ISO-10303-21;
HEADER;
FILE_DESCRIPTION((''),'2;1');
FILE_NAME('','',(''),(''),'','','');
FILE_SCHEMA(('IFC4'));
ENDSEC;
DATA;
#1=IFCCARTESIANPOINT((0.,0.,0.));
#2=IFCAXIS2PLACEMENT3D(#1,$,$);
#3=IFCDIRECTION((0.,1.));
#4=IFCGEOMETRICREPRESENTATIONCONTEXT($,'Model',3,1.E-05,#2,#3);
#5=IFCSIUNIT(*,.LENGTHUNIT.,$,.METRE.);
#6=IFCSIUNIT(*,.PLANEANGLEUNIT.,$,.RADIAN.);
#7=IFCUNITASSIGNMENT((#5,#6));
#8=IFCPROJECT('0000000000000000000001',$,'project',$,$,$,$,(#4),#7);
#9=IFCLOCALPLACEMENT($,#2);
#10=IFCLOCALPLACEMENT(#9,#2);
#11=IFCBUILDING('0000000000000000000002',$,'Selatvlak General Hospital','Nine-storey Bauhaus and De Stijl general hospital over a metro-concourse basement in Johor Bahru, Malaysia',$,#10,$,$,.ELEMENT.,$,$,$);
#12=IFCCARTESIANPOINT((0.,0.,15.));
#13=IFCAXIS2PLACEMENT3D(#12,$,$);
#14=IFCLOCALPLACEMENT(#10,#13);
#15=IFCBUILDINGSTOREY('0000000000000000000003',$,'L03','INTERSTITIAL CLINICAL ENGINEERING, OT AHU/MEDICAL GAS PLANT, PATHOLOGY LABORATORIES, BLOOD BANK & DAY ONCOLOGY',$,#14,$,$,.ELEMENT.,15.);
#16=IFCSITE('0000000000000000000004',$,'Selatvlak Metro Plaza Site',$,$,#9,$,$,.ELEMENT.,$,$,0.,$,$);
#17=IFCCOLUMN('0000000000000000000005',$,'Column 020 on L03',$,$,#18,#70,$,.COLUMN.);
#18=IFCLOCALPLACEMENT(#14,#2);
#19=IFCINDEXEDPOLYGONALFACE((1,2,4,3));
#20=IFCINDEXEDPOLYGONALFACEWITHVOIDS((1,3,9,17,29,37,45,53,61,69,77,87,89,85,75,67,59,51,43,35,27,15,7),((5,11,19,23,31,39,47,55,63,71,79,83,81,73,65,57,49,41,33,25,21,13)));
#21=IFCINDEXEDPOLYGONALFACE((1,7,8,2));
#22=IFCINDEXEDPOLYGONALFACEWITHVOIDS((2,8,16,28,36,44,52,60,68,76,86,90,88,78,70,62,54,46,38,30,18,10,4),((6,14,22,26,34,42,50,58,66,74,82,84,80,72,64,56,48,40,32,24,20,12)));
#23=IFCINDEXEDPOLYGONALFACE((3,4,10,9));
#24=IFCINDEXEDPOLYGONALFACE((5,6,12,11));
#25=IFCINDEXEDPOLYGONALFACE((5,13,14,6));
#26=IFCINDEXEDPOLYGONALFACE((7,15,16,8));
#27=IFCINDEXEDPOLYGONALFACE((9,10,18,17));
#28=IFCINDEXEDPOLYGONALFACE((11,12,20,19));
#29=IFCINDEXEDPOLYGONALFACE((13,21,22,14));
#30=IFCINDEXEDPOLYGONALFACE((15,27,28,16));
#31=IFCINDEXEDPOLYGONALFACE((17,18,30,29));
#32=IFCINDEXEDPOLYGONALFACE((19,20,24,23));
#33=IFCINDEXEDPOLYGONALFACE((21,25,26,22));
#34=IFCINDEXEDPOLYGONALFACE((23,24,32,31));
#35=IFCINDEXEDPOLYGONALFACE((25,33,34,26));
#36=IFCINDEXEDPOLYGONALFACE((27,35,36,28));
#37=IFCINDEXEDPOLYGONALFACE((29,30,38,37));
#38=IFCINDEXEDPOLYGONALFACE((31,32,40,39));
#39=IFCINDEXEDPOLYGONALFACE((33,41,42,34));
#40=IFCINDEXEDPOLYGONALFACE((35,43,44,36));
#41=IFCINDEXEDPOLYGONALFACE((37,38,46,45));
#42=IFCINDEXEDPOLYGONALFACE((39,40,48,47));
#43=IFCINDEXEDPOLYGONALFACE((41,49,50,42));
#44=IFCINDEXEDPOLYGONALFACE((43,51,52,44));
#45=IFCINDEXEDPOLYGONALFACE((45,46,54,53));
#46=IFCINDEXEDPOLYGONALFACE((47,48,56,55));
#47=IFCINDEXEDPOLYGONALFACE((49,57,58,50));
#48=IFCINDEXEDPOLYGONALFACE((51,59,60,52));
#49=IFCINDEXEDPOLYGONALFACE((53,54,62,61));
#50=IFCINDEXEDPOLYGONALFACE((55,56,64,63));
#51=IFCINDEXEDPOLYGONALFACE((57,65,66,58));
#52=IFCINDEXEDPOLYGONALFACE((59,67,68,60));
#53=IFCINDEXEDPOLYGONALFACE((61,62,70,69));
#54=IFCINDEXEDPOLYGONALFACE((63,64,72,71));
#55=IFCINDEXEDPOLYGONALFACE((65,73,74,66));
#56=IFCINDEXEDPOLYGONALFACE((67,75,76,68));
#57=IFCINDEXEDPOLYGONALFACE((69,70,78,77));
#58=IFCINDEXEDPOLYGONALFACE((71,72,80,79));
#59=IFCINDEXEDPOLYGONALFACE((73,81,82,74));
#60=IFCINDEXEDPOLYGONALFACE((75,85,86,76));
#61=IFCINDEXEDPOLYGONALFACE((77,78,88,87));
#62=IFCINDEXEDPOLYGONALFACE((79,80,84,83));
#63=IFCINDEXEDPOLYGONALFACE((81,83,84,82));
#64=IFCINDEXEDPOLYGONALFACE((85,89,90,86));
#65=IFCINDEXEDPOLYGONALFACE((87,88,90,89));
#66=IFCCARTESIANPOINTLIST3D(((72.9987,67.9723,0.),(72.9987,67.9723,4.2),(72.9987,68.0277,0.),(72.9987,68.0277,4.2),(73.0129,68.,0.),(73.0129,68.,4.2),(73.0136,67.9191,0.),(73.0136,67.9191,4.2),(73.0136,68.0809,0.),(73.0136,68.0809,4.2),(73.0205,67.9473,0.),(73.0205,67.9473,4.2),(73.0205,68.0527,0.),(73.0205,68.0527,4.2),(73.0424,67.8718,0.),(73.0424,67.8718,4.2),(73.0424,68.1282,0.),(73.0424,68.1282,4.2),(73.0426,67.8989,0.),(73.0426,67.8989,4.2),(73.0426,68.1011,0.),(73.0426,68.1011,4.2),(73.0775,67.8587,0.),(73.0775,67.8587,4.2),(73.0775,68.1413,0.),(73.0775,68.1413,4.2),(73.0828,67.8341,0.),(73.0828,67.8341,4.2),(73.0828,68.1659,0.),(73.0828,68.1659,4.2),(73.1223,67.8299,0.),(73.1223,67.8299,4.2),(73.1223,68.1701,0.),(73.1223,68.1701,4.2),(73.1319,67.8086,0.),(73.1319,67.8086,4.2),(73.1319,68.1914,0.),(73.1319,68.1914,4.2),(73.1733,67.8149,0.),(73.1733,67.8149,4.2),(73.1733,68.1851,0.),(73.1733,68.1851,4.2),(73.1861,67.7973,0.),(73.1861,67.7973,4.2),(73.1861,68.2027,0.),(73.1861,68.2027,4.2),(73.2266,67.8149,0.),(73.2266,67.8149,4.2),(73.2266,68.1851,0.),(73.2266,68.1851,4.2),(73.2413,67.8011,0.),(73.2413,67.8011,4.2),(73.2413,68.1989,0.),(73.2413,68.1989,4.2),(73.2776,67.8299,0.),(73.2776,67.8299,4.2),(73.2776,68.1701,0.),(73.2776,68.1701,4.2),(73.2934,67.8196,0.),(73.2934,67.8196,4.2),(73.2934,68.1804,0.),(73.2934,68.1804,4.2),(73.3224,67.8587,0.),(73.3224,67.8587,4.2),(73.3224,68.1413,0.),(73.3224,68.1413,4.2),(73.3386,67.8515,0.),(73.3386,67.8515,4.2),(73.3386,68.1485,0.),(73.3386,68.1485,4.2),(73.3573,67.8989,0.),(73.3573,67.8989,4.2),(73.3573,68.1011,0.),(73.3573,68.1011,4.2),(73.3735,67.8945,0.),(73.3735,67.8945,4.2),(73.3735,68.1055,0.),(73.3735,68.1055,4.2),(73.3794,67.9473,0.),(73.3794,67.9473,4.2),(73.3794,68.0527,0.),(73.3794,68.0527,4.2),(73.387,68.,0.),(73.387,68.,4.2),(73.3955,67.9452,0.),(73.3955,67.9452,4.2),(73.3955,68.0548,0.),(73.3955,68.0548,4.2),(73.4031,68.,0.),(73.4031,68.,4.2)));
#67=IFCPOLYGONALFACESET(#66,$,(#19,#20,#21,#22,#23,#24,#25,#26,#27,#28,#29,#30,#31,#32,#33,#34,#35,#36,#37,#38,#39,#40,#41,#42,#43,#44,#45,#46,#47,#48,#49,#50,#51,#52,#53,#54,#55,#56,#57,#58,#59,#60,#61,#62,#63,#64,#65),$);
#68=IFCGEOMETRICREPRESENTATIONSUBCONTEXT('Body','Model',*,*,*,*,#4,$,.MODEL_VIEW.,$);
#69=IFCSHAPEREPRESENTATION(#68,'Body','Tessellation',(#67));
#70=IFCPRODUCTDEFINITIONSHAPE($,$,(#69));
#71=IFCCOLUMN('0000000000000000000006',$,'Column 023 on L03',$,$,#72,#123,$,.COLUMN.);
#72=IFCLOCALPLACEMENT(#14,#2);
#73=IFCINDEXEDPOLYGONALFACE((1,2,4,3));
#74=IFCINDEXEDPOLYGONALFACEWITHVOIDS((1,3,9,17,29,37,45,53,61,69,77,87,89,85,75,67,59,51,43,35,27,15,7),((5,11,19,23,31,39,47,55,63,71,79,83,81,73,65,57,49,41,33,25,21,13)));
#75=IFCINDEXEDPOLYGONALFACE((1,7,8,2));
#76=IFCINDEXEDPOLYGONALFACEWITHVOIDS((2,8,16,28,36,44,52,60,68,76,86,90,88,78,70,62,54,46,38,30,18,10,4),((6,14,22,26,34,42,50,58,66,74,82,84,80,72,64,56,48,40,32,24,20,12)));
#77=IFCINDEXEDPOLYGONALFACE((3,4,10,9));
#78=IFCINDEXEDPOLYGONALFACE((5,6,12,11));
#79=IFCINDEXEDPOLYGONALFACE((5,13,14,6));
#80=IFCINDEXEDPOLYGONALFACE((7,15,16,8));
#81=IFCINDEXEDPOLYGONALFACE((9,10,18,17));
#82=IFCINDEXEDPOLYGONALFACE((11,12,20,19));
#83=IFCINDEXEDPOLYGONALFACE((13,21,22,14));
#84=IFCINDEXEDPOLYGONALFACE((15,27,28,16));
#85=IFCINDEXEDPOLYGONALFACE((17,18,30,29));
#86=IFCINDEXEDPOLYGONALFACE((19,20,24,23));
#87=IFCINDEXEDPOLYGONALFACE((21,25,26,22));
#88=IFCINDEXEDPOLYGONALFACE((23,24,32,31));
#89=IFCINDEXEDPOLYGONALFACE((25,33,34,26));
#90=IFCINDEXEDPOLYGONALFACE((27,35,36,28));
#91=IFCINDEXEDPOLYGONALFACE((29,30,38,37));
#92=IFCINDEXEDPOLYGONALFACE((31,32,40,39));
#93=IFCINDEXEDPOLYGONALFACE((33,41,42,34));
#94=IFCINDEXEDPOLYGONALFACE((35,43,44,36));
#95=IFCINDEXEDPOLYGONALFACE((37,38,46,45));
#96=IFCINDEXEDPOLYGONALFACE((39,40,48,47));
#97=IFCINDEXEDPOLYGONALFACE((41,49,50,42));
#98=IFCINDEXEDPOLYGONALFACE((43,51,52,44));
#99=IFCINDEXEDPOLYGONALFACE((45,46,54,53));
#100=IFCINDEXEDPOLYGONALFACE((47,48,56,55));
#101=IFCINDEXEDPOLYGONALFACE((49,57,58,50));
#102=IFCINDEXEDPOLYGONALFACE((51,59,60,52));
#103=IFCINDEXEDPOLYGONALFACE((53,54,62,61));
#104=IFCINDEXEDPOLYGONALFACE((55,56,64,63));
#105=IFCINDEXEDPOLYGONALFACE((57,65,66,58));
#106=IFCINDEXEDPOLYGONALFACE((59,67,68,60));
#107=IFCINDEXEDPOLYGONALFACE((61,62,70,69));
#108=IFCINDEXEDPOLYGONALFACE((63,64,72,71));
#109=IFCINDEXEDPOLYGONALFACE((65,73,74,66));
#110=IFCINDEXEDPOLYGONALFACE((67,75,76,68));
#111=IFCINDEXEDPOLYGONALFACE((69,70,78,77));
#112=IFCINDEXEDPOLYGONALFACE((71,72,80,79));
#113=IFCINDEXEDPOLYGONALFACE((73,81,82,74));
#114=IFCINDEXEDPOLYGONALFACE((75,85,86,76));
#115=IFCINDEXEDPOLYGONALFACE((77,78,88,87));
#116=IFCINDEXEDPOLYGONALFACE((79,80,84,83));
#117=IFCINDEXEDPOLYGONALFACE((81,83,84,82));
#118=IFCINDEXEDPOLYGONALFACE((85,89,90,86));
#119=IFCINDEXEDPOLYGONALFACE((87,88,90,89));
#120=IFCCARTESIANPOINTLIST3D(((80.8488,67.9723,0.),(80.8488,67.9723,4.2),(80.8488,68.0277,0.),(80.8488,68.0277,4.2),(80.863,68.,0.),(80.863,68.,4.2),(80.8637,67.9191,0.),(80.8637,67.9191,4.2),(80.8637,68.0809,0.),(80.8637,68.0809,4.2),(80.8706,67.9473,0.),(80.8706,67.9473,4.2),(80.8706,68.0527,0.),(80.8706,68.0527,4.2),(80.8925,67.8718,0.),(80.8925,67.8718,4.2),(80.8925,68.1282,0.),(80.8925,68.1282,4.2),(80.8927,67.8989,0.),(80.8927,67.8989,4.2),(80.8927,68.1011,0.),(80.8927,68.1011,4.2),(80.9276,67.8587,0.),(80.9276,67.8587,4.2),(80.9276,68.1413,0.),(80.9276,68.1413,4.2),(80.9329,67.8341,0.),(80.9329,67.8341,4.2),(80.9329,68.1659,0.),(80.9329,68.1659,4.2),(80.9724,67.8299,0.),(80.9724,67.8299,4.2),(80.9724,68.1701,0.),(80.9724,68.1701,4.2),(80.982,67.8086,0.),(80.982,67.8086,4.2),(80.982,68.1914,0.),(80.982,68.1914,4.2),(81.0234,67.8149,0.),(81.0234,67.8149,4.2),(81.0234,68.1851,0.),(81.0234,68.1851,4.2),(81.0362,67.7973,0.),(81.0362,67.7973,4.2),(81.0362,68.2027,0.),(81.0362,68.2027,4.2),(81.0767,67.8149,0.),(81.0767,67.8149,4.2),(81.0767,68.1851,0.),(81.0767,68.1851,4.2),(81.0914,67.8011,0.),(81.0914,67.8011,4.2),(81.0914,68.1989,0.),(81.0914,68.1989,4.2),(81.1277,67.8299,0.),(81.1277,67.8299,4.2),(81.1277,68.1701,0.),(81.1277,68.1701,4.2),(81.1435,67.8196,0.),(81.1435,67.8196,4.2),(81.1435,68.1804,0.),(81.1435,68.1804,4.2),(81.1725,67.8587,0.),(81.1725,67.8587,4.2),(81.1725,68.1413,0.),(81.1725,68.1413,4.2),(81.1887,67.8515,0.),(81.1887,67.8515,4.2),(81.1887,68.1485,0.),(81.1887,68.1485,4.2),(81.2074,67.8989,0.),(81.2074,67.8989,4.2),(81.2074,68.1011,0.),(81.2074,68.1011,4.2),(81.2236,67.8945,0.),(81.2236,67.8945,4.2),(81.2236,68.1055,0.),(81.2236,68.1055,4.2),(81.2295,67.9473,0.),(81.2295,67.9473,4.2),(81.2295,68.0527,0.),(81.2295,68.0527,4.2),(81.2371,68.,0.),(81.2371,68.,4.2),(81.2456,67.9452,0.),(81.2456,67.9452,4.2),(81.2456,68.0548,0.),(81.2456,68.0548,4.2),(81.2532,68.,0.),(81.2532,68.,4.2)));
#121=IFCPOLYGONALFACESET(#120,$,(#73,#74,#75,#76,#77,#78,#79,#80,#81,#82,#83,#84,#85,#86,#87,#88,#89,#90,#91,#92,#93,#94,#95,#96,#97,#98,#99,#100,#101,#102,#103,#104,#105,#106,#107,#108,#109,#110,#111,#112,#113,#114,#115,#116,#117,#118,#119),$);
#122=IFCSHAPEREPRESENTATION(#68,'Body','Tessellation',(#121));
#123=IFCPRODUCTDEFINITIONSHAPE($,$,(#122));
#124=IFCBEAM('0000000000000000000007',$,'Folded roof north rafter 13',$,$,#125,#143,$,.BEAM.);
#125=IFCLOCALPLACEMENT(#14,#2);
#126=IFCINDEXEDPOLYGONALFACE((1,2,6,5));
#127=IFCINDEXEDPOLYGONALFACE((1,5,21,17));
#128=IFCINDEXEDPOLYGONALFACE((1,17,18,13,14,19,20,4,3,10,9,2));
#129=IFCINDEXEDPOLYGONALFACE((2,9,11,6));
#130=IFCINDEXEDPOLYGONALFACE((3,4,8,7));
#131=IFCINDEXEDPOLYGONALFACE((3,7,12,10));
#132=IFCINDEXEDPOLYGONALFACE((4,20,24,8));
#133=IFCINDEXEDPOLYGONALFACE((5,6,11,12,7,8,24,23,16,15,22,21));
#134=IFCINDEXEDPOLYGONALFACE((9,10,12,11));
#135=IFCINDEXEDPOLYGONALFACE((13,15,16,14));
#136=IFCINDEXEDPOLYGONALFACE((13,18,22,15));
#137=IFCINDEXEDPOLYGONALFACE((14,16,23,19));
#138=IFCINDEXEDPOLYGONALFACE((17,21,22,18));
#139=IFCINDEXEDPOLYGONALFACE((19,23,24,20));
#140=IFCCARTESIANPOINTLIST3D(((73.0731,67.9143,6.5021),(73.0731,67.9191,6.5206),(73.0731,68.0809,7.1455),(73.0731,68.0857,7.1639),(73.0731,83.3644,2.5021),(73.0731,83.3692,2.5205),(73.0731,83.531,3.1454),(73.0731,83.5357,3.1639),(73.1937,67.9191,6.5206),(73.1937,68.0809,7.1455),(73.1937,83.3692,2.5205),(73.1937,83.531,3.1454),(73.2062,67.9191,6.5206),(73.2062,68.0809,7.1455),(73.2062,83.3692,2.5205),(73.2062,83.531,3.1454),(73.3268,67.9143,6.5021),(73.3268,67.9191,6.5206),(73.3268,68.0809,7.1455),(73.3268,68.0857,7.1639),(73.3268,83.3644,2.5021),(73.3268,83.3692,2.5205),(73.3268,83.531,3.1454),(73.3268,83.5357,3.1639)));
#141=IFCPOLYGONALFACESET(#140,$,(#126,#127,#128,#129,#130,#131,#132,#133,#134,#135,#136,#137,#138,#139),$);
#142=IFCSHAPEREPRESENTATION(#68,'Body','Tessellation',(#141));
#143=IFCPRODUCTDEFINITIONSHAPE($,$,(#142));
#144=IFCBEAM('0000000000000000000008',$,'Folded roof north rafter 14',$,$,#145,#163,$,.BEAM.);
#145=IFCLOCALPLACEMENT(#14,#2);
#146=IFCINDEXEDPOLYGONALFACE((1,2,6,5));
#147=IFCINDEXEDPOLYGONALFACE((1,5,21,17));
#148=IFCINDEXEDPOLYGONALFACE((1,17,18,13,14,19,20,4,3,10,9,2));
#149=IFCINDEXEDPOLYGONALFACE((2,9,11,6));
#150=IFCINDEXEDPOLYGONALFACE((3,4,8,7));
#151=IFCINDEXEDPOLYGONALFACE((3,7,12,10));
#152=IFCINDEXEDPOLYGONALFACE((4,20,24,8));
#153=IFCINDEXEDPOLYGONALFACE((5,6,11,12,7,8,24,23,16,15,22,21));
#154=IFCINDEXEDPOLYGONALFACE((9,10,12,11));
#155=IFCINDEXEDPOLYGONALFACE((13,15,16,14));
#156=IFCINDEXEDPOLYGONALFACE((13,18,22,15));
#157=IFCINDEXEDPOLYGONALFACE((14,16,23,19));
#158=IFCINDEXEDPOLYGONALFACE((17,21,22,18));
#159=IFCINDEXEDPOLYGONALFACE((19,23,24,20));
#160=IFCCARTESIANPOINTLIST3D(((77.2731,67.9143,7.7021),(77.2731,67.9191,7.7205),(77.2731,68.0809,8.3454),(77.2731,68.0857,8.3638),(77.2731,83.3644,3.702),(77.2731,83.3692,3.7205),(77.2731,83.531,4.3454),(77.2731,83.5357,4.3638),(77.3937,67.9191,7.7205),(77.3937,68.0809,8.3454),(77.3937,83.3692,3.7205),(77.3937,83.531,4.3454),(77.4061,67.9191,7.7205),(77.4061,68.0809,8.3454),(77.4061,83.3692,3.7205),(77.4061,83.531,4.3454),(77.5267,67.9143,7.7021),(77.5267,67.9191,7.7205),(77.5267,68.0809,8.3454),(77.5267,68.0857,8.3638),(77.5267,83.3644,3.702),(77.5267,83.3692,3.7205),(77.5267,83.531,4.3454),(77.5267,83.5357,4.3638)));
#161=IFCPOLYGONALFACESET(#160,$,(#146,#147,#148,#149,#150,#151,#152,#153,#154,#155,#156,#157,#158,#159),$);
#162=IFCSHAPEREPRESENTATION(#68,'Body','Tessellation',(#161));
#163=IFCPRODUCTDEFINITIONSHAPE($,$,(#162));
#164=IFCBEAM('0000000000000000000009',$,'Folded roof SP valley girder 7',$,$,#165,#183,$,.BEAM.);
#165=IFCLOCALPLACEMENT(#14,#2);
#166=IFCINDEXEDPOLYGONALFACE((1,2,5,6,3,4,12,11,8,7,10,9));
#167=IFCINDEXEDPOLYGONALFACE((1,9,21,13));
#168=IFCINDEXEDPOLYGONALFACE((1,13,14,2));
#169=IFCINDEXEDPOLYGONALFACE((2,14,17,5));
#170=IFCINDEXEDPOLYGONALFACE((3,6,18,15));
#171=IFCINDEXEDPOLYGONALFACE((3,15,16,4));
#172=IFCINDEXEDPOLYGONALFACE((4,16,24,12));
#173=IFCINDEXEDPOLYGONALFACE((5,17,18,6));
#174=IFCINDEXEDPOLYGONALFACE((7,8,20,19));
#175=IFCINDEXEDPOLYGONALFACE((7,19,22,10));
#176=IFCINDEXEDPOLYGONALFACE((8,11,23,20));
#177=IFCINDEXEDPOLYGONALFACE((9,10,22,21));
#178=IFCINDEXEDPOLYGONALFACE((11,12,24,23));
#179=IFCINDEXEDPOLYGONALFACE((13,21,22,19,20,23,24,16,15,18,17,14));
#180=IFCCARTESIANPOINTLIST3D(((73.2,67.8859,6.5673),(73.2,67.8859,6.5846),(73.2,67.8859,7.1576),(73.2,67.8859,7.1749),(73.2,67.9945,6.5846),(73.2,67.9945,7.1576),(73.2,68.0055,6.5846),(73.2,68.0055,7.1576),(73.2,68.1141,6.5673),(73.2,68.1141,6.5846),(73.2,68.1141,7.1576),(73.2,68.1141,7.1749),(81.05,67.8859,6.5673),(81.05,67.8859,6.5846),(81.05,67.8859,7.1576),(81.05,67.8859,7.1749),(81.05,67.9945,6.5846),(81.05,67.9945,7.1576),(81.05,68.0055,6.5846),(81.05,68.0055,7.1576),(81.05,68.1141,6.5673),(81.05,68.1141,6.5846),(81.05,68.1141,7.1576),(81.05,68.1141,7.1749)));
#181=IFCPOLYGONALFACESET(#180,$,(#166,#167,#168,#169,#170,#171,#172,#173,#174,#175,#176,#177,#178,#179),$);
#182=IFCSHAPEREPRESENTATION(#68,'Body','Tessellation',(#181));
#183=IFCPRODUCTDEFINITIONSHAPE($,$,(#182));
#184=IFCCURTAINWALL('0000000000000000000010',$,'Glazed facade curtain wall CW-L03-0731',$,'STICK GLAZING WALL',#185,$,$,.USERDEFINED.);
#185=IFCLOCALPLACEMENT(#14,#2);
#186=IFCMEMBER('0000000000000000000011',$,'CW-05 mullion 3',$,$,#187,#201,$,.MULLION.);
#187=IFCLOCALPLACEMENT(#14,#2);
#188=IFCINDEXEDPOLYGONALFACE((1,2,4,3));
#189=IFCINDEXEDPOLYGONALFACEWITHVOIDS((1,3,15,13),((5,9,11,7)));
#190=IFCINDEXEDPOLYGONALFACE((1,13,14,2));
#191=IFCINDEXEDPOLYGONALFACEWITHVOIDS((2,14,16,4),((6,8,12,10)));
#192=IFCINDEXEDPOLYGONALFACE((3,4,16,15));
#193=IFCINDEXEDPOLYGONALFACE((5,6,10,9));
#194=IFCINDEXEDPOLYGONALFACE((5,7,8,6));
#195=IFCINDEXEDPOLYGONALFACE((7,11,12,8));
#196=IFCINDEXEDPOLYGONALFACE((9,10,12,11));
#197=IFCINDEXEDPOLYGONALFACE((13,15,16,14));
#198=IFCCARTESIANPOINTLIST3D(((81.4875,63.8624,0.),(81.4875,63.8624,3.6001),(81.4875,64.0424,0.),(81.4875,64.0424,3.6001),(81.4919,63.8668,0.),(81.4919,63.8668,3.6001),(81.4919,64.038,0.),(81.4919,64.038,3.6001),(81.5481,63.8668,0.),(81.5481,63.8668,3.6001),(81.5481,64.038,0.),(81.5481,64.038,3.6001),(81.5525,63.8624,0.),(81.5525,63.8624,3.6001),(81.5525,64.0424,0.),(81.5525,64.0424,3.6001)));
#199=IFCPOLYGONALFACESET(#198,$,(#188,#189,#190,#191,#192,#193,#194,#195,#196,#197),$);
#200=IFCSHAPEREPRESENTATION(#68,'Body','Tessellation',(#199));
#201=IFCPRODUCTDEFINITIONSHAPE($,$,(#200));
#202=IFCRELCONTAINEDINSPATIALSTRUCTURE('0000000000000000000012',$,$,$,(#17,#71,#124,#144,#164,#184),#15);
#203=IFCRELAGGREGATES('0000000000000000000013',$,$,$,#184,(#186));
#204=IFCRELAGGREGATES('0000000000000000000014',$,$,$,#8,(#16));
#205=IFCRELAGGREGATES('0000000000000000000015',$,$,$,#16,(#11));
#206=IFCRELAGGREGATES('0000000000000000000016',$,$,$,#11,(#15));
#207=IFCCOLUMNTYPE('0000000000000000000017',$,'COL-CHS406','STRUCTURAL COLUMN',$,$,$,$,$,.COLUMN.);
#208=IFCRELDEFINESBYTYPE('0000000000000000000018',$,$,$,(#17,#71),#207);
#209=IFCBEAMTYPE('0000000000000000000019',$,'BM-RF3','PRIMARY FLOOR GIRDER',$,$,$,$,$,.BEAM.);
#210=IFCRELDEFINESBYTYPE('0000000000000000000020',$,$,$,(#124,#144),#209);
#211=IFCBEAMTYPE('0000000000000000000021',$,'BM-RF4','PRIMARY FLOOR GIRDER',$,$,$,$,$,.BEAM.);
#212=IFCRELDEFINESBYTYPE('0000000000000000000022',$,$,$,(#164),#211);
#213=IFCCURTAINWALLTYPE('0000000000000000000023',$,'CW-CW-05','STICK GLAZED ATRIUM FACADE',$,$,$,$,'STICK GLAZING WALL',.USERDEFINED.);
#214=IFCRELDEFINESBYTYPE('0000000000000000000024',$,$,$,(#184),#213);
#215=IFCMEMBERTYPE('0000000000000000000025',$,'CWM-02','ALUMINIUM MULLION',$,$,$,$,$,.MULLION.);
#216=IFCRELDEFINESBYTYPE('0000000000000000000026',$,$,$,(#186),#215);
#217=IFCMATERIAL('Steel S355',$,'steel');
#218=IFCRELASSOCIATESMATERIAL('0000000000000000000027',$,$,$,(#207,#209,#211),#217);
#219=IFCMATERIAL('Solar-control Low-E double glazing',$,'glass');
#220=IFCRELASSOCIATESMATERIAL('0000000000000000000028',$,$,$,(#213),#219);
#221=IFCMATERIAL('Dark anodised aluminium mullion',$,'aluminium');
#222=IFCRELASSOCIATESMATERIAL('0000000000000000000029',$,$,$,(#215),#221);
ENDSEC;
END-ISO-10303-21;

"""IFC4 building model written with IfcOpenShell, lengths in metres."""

from ifc_helpers import new_model, si_unit, direction, frame, origin, origin_2d, place, context, subcontext, project, spatial, hollow_rectangle, hollow_circle, i_section, extrude, material, material_profile, profile_set, type_object, element, aggregate, save


model = new_model("IFC4")

# Units and contexts
model_context = context("Model", 3, precision=1e-05, world=origin(), true_north=direction((0.0, 1.0)))
body_context = subcontext(model_context, "Body", "Model", "MODEL_VIEW")
ifc_project = project(units=[si_unit("LENGTHUNIT", "METRE"), si_unit("PLANEANGLEUNIT", "RADIAN")], contexts=[model_context])

# Site, building, storey
site_placement = place(None, origin())
site = spatial("IfcSite", under=ifc_project, at=site_placement, Name="Selatvlak Metro Plaza Site", CompositionType="ELEMENT", RefElevation=0.0)
building_placement = place(site_placement, origin())
building = spatial("IfcBuilding", under=site, at=building_placement, Name="Selatvlak General Hospital", Description="Nine-storey Bauhaus and De Stijl general hospital over a metro-concourse basement in Johor Bahru, Malaysia", CompositionType="ELEMENT")
storey_placement = place(building_placement, frame((0.0, 0.0, 15.0)))
storey = spatial("IfcBuildingStorey", under=building, at=storey_placement, Name="L03", Description="INTERSTITIAL CLINICAL ENGINEERING, OT AHU/MEDICAL GAS PLANT, PATHOLOGY LABORATORIES, BLOOD BANK & DAY ONCOLOGY", CompositionType="ELEMENT", Elevation=15.0)

# Columns
ifc_material_1 = material(Name="Steel S355", Category="steel")
ifc_material_profile_1 = material_profile(ifc_material_1, hollow_circle(Radius=0.2031, WallThickness=0.0161, at=origin_2d()), Name="CHS 406.4x16")
ifc_profile_set_1 = profile_set([ifc_material_profile_1], Name="Steel S355")
column_type = type_object("IfcColumnType", Name="COL-CHS406", Description="STRUCTURAL COLUMN", PredefinedType="COLUMN", material=ifc_profile_set_1)
for number, where, z_axis, x_axis, name in (
    (1, (73.2, 68.0, 0.0), (0.0, 0.0, 1.0), (1.0, 0.0, 0.0), "Column 020 on L03"),
    (2, (81.05, 68.0, 0.0), (0.0, 0.0, 1.0), (1.0, 0.0, 0.0), "Column 023 on L03"),
):
    element("IfcColumn", number, at=place(storey_placement, frame(where, z_axis=z_axis, x_axis=x_axis)), inside=storey, type_object=column_type, Name=name, PredefinedType="COLUMN", context=body_context, shape_type="SweptSolid", body=[
        extrude(hollow_circle(Radius=0.2031, WallThickness=0.0161, at=origin_2d()), origin(), (0.0, 0.0, 1.0), 4.2),
    ])

# Beams
ifc_material_profile_2 = material_profile(ifc_material_1, i_section(OverallWidth=0.2537, OverallDepth=0.6836, WebThickness=0.0125, FlangeThickness=0.019, at=origin_2d()), Name="UB 686x254x140")
ifc_profile_set_2 = profile_set([ifc_material_profile_2], Name="Steel S355")
beam_type_1 = type_object("IfcBeamType", Name="BM-RF3", Description="PRIMARY FLOOR GIRDER", PredefinedType="BEAM", material=ifc_profile_set_2)
for number, where, z_axis, x_axis, name in (
    (3, (73.2, 68.0, 6.833), (0.0, 0.968081, -0.250637), (-1.0, 0.0, 0.0), "Folded roof north rafter 13"),
    (4, (77.3999, 68.0, 8.033), (0.0, 0.968081, -0.250637), (-1.0, 0.0, 0.0), "Folded roof north rafter 14"),
):
    element("IfcBeam", number, at=place(storey_placement, frame(where, z_axis=z_axis, x_axis=x_axis)), inside=storey, type_object=beam_type_1, Name=name, PredefinedType="BEAM", context=body_context, shape_type="SweptSolid", body=[
        extrude(i_section(OverallWidth=0.2537, OverallDepth=0.6836, WebThickness=0.0125, FlangeThickness=0.019, at=origin_2d()), origin(), (0.0, 0.0, 1.0), 15.9595),
    ])
ifc_material_profile_3 = material_profile(ifc_material_1, i_section(OverallWidth=0.2283, OverallDepth=0.6077, WebThickness=0.011, FlangeThickness=0.0173, at=origin_2d()), Name="UB 610x229x113")
ifc_profile_set_3 = profile_set([ifc_material_profile_3], Name="Steel S355")
beam_type_2 = type_object("IfcBeamType", Name="BM-RF4", Description="PRIMARY FLOOR GIRDER", PredefinedType="BEAM", material=ifc_profile_set_3)
beam_placement = place(storey_placement, frame((73.2, 68.0, 6.8711), z_axis=(1.0, 0.0, 0.0), x_axis=(0.0, 1.0, 0.0)))
element("IfcBeam", 5, at=beam_placement, inside=storey, type_object=beam_type_2, Name="Folded roof SP valley girder 7", PredefinedType="BEAM", context=body_context, shape_type="SweptSolid", body=[
    extrude(i_section(OverallWidth=0.2283, OverallDepth=0.6077, WebThickness=0.011, FlangeThickness=0.0173, at=origin_2d()), origin(), (0.0, 0.0, 1.0), 7.8501),
])

# Curtain wall, member
ifc_material_2 = material(Name="Solar-control Low-E double glazing", Category="glass")
curtain_wall_type = type_object("IfcCurtainWallType", Name="CW-CW-05", Description="STICK GLAZED ATRIUM FACADE", ElementType="STICK GLAZING WALL", PredefinedType="USERDEFINED", material=ifc_material_2)
curtain_wall_1_placement = place(storey_placement, origin())
curtain_wall_1 = element("IfcCurtainWall", 6, at=curtain_wall_1_placement, inside=storey, type_object=curtain_wall_type, Name="Glazed facade curtain wall CW-L03-0731", ObjectType="STICK GLAZING WALL", PredefinedType="USERDEFINED")
ifc_material_3 = material(Name="Dark anodised aluminium mullion", Category="aluminium")
ifc_material_profile_4 = material_profile(ifc_material_3, hollow_rectangle(XDim=0.0649, YDim=0.1799, WallThickness=0.0044, at=origin_2d()), Name="AL-MUL 65x180x4.5")
ifc_profile_set_4 = profile_set([ifc_material_profile_4], Name="Dark anodised aluminium mullion")
member_type_1 = type_object("IfcMemberType", Name="CWM-02", Description="ALUMINIUM MULLION", PredefinedType="MULLION", material=ifc_profile_set_4)
member_1_placement = place(storey_placement, frame((81.52, 63.9524, 0.0), z_axis=(0.0, 0.0, 1.0), x_axis=(-1.0, 0.0, 0.0)))
member_1 = element("IfcMember", 7, at=member_1_placement, type_object=member_type_1, Name="CW-05 mullion 3", PredefinedType="MULLION", context=body_context, shape_type="SweptSolid", body=[
    extrude(hollow_rectangle(XDim=0.0649, YDim=0.1799, WallThickness=0.0044, at=origin_2d()), origin(), (0.0, 0.0, 1.0), 3.6001),
])

aggregate(curtain_wall_1, [member_1])

save(model, "model.ifc")
